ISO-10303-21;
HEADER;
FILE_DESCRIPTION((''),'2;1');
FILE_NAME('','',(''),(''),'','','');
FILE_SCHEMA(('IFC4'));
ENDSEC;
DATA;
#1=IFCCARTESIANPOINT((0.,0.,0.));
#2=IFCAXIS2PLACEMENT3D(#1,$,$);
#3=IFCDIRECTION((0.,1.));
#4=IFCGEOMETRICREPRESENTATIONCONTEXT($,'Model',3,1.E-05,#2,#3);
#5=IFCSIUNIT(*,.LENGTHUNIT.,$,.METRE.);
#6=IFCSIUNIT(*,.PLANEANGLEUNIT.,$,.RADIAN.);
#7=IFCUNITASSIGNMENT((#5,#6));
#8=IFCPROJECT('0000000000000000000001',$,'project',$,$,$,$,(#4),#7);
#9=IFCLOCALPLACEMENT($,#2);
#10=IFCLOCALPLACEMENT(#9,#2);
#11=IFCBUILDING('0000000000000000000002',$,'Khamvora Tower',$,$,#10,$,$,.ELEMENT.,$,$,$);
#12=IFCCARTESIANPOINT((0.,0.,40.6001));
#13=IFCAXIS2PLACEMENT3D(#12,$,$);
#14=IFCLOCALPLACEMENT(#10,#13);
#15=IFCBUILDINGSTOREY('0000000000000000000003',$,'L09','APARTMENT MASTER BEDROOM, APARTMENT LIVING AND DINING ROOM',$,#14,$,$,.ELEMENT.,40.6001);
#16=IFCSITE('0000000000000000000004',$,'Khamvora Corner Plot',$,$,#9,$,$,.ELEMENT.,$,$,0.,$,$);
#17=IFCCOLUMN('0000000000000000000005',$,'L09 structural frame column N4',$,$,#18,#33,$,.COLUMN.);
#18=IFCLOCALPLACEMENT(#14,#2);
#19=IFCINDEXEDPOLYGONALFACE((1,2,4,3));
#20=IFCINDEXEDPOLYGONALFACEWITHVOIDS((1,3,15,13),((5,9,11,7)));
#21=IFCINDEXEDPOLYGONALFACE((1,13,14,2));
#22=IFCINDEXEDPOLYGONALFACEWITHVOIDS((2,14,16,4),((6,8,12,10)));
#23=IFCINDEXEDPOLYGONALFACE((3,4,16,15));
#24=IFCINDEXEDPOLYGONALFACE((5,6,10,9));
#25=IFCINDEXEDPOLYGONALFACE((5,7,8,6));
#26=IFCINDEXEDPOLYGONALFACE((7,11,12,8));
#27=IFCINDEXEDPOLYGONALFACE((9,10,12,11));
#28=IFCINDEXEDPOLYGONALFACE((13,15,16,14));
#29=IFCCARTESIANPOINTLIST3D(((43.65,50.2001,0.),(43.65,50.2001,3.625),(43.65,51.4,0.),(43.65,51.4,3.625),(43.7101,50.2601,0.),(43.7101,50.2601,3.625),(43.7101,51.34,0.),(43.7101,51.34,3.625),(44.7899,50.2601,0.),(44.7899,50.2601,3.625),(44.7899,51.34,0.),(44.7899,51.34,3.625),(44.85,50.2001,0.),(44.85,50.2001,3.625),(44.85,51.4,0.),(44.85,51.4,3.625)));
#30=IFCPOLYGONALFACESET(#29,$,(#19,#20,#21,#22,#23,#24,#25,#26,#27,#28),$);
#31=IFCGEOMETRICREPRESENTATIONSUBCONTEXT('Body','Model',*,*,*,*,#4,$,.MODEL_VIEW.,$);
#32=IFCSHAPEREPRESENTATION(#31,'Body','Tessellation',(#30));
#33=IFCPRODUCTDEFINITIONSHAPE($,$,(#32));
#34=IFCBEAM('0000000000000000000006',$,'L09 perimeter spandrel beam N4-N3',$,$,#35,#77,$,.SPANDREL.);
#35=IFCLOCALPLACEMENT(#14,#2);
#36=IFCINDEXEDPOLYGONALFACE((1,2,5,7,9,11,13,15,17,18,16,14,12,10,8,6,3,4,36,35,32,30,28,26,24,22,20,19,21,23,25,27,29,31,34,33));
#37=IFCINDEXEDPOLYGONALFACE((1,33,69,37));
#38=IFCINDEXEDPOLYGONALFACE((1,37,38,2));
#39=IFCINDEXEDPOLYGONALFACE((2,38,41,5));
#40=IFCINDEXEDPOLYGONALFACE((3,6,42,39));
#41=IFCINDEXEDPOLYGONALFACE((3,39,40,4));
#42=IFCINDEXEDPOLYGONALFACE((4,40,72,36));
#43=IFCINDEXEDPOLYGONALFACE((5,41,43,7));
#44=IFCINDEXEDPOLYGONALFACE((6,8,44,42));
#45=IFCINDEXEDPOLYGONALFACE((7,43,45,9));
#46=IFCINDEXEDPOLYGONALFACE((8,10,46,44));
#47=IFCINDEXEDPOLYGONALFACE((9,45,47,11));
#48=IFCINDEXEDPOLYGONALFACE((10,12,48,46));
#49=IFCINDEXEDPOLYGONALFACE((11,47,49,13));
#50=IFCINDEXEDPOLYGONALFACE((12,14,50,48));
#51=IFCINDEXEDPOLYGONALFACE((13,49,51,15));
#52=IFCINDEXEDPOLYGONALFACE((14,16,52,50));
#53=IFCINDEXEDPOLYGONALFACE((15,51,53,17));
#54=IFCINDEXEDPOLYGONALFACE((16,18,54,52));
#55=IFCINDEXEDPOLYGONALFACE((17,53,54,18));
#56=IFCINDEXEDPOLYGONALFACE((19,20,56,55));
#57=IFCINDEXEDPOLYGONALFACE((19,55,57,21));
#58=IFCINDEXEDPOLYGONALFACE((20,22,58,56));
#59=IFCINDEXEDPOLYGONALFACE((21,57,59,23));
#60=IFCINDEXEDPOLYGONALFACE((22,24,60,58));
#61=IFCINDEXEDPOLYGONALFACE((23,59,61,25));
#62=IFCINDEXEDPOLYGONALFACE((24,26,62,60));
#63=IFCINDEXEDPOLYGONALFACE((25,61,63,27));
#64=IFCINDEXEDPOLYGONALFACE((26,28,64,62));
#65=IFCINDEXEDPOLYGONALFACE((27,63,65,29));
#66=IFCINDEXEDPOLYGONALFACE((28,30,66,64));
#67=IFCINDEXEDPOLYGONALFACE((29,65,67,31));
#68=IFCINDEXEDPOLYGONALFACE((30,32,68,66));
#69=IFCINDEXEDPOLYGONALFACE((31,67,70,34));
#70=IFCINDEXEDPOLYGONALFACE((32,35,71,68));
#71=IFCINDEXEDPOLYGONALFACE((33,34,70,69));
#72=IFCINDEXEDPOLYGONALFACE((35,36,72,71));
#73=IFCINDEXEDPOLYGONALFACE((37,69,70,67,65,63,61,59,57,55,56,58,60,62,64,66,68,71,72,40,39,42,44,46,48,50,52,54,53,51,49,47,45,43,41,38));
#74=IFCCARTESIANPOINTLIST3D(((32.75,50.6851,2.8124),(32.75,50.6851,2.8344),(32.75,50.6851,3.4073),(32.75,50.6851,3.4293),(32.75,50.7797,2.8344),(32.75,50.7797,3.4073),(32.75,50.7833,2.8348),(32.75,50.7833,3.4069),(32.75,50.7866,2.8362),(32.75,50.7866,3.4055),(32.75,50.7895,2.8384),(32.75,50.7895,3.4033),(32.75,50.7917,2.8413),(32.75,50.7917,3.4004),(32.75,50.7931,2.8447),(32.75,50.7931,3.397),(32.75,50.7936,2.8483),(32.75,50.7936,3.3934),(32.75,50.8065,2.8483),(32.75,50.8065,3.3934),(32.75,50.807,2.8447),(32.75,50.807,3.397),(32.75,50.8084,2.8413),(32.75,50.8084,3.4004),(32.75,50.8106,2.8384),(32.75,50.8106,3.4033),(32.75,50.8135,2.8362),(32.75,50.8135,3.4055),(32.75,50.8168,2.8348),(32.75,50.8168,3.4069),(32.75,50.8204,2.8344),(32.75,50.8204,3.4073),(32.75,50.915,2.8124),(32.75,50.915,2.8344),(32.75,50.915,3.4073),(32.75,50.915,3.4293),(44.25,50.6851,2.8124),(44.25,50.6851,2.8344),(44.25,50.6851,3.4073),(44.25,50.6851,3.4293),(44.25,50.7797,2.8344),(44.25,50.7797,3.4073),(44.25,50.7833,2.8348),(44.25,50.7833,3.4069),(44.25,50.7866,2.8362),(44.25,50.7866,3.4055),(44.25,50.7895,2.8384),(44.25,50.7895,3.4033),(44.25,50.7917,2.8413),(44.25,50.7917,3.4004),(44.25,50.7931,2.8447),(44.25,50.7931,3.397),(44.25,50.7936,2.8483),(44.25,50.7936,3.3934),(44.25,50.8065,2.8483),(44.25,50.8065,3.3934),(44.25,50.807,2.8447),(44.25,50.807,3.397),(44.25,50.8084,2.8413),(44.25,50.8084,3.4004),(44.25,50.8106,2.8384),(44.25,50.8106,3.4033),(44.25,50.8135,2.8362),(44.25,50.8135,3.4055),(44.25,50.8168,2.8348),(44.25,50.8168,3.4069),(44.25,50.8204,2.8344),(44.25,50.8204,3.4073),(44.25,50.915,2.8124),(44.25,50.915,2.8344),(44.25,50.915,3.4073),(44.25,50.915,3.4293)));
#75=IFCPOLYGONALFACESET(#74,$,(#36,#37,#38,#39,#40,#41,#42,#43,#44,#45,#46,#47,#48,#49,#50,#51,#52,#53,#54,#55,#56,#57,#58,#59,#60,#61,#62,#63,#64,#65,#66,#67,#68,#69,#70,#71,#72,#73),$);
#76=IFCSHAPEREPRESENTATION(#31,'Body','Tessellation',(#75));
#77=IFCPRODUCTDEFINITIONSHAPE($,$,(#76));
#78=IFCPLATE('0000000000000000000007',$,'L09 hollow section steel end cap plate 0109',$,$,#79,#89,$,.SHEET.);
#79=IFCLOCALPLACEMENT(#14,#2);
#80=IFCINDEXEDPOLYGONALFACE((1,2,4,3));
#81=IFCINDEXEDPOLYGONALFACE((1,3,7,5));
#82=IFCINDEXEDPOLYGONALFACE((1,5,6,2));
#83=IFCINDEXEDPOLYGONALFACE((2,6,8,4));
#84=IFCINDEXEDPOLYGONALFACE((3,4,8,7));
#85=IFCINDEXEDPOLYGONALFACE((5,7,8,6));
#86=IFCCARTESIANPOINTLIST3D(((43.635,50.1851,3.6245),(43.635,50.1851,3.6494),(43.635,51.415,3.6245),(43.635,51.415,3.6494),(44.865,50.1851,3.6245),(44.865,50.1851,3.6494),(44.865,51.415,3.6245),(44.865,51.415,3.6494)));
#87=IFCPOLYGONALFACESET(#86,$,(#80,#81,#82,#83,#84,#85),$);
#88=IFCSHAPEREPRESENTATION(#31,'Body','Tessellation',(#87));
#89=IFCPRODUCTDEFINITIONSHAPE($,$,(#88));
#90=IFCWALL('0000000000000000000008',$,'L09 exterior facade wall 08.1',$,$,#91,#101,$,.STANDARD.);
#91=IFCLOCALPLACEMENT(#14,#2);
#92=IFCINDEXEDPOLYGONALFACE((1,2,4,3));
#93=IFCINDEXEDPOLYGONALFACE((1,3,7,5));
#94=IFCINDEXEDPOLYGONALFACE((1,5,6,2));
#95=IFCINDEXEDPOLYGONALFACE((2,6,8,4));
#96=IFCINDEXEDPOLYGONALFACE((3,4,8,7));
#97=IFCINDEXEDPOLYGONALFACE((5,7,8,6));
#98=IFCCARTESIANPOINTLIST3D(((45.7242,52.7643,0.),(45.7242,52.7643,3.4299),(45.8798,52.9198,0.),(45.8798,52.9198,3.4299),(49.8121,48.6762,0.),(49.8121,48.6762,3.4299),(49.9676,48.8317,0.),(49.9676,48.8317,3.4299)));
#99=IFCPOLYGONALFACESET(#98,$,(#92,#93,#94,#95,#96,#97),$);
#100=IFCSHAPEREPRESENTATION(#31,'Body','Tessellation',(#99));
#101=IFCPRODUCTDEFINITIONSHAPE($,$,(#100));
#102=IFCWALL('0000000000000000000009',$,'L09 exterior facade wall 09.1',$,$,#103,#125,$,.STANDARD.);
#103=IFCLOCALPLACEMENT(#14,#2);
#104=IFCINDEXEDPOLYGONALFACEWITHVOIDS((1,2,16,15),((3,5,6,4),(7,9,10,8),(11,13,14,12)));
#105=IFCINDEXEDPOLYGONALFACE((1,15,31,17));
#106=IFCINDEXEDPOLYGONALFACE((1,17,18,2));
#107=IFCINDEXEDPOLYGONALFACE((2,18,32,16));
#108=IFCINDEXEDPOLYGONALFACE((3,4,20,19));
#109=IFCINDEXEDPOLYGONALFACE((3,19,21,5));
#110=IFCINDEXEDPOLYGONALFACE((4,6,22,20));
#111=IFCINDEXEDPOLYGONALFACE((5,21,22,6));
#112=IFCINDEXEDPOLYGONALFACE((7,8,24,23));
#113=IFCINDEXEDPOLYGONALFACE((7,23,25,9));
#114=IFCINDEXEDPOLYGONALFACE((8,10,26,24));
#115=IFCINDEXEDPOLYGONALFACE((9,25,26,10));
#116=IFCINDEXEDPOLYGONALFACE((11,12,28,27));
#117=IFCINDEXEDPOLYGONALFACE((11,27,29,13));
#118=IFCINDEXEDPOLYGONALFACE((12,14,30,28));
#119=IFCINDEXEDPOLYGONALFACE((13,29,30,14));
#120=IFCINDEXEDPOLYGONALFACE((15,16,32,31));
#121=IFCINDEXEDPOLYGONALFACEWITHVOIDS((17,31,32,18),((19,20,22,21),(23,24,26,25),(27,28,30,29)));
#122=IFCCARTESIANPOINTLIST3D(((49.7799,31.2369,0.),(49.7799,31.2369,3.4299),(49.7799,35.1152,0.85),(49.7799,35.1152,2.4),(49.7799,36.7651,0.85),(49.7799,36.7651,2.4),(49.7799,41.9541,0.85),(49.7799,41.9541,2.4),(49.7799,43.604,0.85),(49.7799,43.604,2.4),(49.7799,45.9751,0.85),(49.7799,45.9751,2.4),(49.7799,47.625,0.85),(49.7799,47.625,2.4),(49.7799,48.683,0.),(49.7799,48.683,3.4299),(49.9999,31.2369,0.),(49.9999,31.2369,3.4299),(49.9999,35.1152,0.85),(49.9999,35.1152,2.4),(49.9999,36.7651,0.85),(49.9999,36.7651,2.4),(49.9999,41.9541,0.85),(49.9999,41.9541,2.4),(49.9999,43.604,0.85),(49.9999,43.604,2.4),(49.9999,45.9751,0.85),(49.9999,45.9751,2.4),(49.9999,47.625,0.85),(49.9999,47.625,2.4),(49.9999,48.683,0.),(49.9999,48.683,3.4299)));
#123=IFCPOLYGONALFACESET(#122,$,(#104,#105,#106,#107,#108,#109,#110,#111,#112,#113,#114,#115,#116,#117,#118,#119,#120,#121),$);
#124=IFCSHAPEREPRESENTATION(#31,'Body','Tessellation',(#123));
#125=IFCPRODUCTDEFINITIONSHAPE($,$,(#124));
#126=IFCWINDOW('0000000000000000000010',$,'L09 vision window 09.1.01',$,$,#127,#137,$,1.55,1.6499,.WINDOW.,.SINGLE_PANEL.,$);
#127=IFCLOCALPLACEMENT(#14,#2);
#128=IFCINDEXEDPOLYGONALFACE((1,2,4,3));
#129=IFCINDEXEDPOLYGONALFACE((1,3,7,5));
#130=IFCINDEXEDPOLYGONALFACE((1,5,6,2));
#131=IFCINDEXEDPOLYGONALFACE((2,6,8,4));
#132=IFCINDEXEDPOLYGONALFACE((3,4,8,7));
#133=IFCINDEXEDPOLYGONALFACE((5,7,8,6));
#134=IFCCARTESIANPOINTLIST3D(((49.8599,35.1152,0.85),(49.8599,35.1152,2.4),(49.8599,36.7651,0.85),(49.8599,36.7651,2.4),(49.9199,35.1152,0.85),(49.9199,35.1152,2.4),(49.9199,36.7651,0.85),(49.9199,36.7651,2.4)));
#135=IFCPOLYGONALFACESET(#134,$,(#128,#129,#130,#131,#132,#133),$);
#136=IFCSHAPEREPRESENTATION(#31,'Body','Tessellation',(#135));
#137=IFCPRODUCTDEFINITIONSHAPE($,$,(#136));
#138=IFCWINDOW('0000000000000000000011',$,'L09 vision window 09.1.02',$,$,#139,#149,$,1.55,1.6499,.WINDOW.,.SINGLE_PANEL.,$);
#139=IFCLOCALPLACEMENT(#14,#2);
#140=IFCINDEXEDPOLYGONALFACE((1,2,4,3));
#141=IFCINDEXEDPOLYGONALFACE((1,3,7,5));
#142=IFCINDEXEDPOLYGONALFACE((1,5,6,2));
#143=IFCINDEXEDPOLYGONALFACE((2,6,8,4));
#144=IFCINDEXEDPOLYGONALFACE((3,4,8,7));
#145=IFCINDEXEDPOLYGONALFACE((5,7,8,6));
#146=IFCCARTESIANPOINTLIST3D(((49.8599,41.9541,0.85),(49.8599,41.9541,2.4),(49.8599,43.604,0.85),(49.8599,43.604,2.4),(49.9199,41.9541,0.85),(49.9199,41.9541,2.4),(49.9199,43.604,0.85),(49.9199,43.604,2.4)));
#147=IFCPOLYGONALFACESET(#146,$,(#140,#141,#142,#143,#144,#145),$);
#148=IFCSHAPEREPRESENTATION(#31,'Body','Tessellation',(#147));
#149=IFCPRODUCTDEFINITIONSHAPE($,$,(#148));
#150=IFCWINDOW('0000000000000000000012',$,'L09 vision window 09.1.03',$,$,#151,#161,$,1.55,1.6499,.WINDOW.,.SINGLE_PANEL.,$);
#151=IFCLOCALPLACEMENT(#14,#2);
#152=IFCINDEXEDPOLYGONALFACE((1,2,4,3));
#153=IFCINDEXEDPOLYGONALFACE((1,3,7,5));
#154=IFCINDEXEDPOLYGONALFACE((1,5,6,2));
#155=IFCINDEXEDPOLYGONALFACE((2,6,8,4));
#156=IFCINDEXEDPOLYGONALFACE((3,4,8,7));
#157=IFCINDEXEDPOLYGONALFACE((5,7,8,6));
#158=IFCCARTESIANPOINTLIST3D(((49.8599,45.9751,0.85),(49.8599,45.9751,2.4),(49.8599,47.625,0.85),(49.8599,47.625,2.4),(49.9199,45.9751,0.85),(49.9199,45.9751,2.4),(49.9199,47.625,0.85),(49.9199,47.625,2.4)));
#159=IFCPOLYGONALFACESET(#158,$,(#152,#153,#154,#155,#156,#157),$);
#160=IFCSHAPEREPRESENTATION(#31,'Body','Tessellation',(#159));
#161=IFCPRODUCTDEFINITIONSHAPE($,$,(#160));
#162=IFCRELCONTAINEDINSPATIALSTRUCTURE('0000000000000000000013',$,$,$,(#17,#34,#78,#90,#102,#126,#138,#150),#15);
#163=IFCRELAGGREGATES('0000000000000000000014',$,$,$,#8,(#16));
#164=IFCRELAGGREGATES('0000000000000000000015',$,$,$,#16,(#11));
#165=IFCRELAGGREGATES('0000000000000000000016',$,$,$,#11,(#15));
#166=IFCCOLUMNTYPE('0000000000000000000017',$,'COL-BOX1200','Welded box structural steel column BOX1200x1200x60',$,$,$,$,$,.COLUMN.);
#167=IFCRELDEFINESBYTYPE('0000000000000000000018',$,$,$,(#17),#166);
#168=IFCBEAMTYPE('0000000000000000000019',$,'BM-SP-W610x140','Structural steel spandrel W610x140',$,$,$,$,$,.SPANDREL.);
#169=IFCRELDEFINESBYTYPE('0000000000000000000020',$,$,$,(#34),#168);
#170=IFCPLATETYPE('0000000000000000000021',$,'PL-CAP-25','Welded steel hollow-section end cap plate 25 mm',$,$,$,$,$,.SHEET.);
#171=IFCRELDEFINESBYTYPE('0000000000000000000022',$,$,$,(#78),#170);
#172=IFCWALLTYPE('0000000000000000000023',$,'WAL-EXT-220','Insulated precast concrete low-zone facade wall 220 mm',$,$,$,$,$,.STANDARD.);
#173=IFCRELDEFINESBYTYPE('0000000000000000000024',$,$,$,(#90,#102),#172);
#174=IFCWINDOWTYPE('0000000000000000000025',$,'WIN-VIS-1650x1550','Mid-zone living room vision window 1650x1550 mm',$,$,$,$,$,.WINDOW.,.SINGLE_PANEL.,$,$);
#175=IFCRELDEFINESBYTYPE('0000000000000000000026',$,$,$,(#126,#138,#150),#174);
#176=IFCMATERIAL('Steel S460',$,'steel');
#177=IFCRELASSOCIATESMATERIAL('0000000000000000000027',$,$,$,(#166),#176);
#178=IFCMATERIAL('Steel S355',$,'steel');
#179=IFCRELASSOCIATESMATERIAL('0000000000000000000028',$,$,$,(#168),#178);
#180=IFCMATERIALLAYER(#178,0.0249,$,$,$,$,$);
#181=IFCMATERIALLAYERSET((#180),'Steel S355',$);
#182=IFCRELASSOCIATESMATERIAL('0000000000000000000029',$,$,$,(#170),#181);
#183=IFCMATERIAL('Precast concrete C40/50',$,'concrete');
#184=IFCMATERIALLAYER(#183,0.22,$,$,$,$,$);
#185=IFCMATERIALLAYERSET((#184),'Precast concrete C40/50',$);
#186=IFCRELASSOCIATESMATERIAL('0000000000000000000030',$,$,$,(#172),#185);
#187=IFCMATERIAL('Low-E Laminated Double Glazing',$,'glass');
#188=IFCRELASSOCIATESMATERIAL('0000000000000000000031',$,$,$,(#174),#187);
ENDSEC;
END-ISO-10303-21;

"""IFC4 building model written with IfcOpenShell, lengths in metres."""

from ifc_helpers import new_model, si_unit, direction, frame, frame_2d, origin, origin_2d, place, context, subcontext, project, spatial, rectangle, hollow_rectangle, i_section, extrude, material, layer, layer_set, material_profile, profile_set, type_object, element, fill, save


model = new_model("IFC4")

# Units and contexts
model_context = context("Model", 3, precision=1e-05, world=origin(), true_north=direction((0.0, 1.0)))
body_context = subcontext(model_context, "Body", "Model", "MODEL_VIEW")
ifc_project = project(units=[si_unit("LENGTHUNIT", "METRE"), si_unit("PLANEANGLEUNIT", "RADIAN")], contexts=[model_context])

# Site, building, storey
site_placement = place(None, origin())
site = spatial("IfcSite", under=ifc_project, at=site_placement, Name="Khamvora Corner Plot", CompositionType="ELEMENT", RefElevation=0.0)
building_placement = place(site_placement, origin())
building = spatial("IfcBuilding", under=site, at=building_placement, Name="Khamvora Tower", CompositionType="ELEMENT")
storey_placement = place(building_placement, frame((0.0, 0.0, 40.6001)))
storey = spatial("IfcBuildingStorey", under=building, at=storey_placement, Name="L09", Description="APARTMENT MASTER BEDROOM, APARTMENT LIVING AND DINING ROOM", CompositionType="ELEMENT", Elevation=40.6001)

# Column
ifc_material_1 = material(Name="Steel S460", Category="steel")
ifc_material_profile_1 = material_profile(ifc_material_1, hollow_rectangle(XDim=1.2, YDim=1.2, WallThickness=0.0601, at=origin_2d()), Name="BOX1200x1200x60")
ifc_profile_set_1 = profile_set([ifc_material_profile_1], Name="Steel S460")
column_type = type_object("IfcColumnType", Name="COL-BOX1200", Description="Welded box structural steel column BOX1200x1200x60", PredefinedType="COLUMN", material=ifc_profile_set_1)
column_placement = place(storey_placement, frame((44.25, 50.8, 0.0), z_axis=(0.0, 0.0, 1.0), x_axis=(1.0, 0.0, 0.0)))
element("IfcColumn", 1, at=column_placement, inside=storey, type_object=column_type, Name="L09 structural frame column N4", PredefinedType="COLUMN", context=body_context, shape_type="SweptSolid", body=[
    extrude(hollow_rectangle(XDim=1.2, YDim=1.2, WallThickness=0.0601, at=origin_2d()), origin(), (0.0, 0.0, 1.0), 3.625),
])

# Beam
ifc_material_2 = material(Name="Steel S355", Category="steel")
ifc_material_profile_2 = material_profile(ifc_material_2, i_section(OverallWidth=0.23, OverallDepth=0.6169, WebThickness=0.0129, FlangeThickness=0.022, FilletRadius=0.0139, at=origin_2d()), Name="W610x140")
ifc_profile_set_2 = profile_set([ifc_material_profile_2], Name="Steel S355")
beam_type = type_object("IfcBeamType", Name="BM-SP-W610x140", Description="Structural steel spandrel W610x140", PredefinedType="SPANDREL", material=ifc_profile_set_2)
beam_placement = place(storey_placement, frame((44.25, 50.8, 3.1208), z_axis=(-1.0, 0.0, 0.0), x_axis=(0.0, -1.0, 0.0)))
element("IfcBeam", 2, at=beam_placement, inside=storey, type_object=beam_type, Name="L09 perimeter spandrel beam N4-N3", PredefinedType="SPANDREL", context=body_context, shape_type="SweptSolid", body=[
    extrude(i_section(OverallWidth=0.23, OverallDepth=0.6169, WebThickness=0.0129, FlangeThickness=0.022, FilletRadius=0.0139, at=origin_2d()), origin(), (0.0, 0.0, 1.0), 11.5),
])

# Plate
ifc_layer_1 = layer(ifc_material_2, 0.0249)
ifc_layer_set_1 = layer_set([ifc_layer_1], Name="Steel S355")
plate_type = type_object("IfcPlateType", Name="PL-CAP-25", Description="Welded steel hollow-section end cap plate 25 mm", PredefinedType="SHEET", material=ifc_layer_set_1)
plate_placement = place(storey_placement, frame((44.25, 50.8, 3.6245), z_axis=(0.0, 0.0, 1.0), x_axis=(1.0, 0.0, 0.0)))
element("IfcPlate", 3, at=plate_placement, inside=storey, type_object=plate_type, Name="L09 hollow section steel end cap plate 0109", PredefinedType="SHEET", context=body_context, shape_type="SweptSolid", body=[
    extrude(rectangle(XDim=1.23, YDim=1.23, at=origin_2d()), origin(), (0.0, 0.0, 1.0), 0.0249),
])

# Wall
ifc_material_3 = material(Name="Precast concrete C40/50", Category="concrete")
ifc_layer_2 = layer(ifc_material_3, 0.22)
ifc_layer_set_2 = layer_set([ifc_layer_2], Name="Precast concrete C40/50")
wall_type_1 = type_object("IfcWallType", Name="WAL-EXT-220", Description="Insulated precast concrete low-zone facade wall 220 mm", PredefinedType="STANDARD", material=ifc_layer_set_2)
wall_1_placement = place(storey_placement, frame((45.802, 52.842, 0.0), z_axis=(0.0, 0.0, 1.0), x_axis=(0.707086, -0.707128, 0.0)))
element("IfcWall", 4, at=wall_1_placement, inside=storey, type_object=wall_type_1, Name="L09 exterior facade wall 08.1", PredefinedType="STANDARD", context=body_context, shape_type="SweptSolid", body=[
    extrude(rectangle(XDim=5.7812, YDim=0.22, at=frame_2d((2.8906, 0.0))), origin(), (0.0, 0.0, 1.0), 3.4299),
])

# Wall, openings, windows
wall_2_placement = place(storey_placement, frame((49.8899, 48.6831, 0.0), z_axis=(0.0, 0.0, 1.0), x_axis=(0.0, -1.0, 0.0)))
wall_2 = element("IfcWall", 5, at=wall_2_placement, inside=storey, type_object=wall_type_1, Name="L09 exterior facade wall 09.1", PredefinedType="STANDARD", context=body_context, shape_type="SweptSolid", body=[
    extrude(rectangle(XDim=17.446, YDim=0.22, at=frame_2d((8.7231, 0.0))), origin(), (0.0, 0.0, 1.0), 3.4299),
])
opening_1_placement = place(wall_2_placement, frame((11.918, 0.0, 0.8501)))
opening_1 = element("IfcOpeningElement", 6, at=opening_1_placement, cuts=wall_2, PredefinedType="OPENING", context=body_context, shape_type="SweptSolid", body=[
    extrude(rectangle(XDim=1.6499, YDim=1.55, at=frame_2d((0.825, 0.7749))), frame((0.0, 0.1199, 0.0), z_axis=(0.0, -1.0, 0.0), x_axis=(1.0, 0.0, 0.0)), (0.0, 0.0, 1.0), 0.24),
])
opening_2_placement = place(wall_2_placement, frame((5.0791, 0.0, 0.8501)))
opening_2 = element("IfcOpeningElement", 7, at=opening_2_placement, cuts=wall_2, PredefinedType="OPENING", context=body_context, shape_type="SweptSolid", body=[
    extrude(rectangle(XDim=1.6499, YDim=1.55, at=frame_2d((0.825, 0.7749))), frame((0.0, 0.1199, 0.0), z_axis=(0.0, -1.0, 0.0), x_axis=(1.0, 0.0, 0.0)), (0.0, 0.0, 1.0), 0.24),
])
opening_3_placement = place(wall_2_placement, frame((1.0581, 0.0, 0.8501)))
opening_3 = element("IfcOpeningElement", 8, at=opening_3_placement, cuts=wall_2, PredefinedType="OPENING", context=body_context, shape_type="SweptSolid", body=[
    extrude(rectangle(XDim=1.6499, YDim=1.55, at=frame_2d((0.825, 0.7749))), frame((0.0, 0.1199, 0.0), z_axis=(0.0, -1.0, 0.0), x_axis=(1.0, 0.0, 0.0)), (0.0, 0.0, 1.0), 0.24),
])
ifc_material_4 = material(Name="Low-E Laminated Double Glazing", Category="glass")
window_type = type_object("IfcWindowType", Name="WIN-VIS-1650x1550", Description="Mid-zone living room vision window 1650x1550 mm", PartitioningType="SINGLE_PANEL", PredefinedType="WINDOW", material=ifc_material_4)
window_1_placement = place(opening_1_placement, origin())
window_1 = element("IfcWindow", 9, at=window_1_placement, inside=storey, type_object=window_type, Name="L09 vision window 09.1.01", OverallHeight=1.55, OverallWidth=1.6499, PartitioningType="SINGLE_PANEL", PredefinedType="WINDOW", context=body_context, shape_type="SweptSolid", body=[
    extrude(rectangle(XDim=1.6499, YDim=1.55, at=frame_2d((0.825, 0.7749))), frame((0.0, 0.03, 0.0), z_axis=(0.0, -1.0, 0.0), x_axis=(1.0, 0.0, 0.0)), (0.0, 0.0, 1.0), 0.0601),
])
fill(opening_1, window_1)
window_2_placement = place(opening_2_placement, origin())
window_2 = element("IfcWindow", 10, at=window_2_placement, inside=storey, type_object=window_type, Name="L09 vision window 09.1.02", OverallHeight=1.55, OverallWidth=1.6499, PartitioningType="SINGLE_PANEL", PredefinedType="WINDOW", context=body_context, shape_type="SweptSolid", body=[
    extrude(rectangle(XDim=1.6499, YDim=1.55, at=frame_2d((0.825, 0.7749))), frame((0.0, 0.03, 0.0), z_axis=(0.0, -1.0, 0.0), x_axis=(1.0, 0.0, 0.0)), (0.0, 0.0, 1.0), 0.0601),
])
fill(opening_2, window_2)
window_3_placement = place(opening_3_placement, origin())
window_3 = element("IfcWindow", 11, at=window_3_placement, inside=storey, type_object=window_type, Name="L09 vision window 09.1.03", OverallHeight=1.55, OverallWidth=1.6499, PartitioningType="SINGLE_PANEL", PredefinedType="WINDOW", context=body_context, shape_type="SweptSolid", body=[
    extrude(rectangle(XDim=1.6499, YDim=1.55, at=frame_2d((0.825, 0.7749))), frame((0.0, 0.03, 0.0), z_axis=(0.0, -1.0, 0.0), x_axis=(1.0, 0.0, 0.0)), (0.0, 0.0, 1.0), 0.0601),
])
fill(opening_3, window_3)

save(model, "model.ifc")
